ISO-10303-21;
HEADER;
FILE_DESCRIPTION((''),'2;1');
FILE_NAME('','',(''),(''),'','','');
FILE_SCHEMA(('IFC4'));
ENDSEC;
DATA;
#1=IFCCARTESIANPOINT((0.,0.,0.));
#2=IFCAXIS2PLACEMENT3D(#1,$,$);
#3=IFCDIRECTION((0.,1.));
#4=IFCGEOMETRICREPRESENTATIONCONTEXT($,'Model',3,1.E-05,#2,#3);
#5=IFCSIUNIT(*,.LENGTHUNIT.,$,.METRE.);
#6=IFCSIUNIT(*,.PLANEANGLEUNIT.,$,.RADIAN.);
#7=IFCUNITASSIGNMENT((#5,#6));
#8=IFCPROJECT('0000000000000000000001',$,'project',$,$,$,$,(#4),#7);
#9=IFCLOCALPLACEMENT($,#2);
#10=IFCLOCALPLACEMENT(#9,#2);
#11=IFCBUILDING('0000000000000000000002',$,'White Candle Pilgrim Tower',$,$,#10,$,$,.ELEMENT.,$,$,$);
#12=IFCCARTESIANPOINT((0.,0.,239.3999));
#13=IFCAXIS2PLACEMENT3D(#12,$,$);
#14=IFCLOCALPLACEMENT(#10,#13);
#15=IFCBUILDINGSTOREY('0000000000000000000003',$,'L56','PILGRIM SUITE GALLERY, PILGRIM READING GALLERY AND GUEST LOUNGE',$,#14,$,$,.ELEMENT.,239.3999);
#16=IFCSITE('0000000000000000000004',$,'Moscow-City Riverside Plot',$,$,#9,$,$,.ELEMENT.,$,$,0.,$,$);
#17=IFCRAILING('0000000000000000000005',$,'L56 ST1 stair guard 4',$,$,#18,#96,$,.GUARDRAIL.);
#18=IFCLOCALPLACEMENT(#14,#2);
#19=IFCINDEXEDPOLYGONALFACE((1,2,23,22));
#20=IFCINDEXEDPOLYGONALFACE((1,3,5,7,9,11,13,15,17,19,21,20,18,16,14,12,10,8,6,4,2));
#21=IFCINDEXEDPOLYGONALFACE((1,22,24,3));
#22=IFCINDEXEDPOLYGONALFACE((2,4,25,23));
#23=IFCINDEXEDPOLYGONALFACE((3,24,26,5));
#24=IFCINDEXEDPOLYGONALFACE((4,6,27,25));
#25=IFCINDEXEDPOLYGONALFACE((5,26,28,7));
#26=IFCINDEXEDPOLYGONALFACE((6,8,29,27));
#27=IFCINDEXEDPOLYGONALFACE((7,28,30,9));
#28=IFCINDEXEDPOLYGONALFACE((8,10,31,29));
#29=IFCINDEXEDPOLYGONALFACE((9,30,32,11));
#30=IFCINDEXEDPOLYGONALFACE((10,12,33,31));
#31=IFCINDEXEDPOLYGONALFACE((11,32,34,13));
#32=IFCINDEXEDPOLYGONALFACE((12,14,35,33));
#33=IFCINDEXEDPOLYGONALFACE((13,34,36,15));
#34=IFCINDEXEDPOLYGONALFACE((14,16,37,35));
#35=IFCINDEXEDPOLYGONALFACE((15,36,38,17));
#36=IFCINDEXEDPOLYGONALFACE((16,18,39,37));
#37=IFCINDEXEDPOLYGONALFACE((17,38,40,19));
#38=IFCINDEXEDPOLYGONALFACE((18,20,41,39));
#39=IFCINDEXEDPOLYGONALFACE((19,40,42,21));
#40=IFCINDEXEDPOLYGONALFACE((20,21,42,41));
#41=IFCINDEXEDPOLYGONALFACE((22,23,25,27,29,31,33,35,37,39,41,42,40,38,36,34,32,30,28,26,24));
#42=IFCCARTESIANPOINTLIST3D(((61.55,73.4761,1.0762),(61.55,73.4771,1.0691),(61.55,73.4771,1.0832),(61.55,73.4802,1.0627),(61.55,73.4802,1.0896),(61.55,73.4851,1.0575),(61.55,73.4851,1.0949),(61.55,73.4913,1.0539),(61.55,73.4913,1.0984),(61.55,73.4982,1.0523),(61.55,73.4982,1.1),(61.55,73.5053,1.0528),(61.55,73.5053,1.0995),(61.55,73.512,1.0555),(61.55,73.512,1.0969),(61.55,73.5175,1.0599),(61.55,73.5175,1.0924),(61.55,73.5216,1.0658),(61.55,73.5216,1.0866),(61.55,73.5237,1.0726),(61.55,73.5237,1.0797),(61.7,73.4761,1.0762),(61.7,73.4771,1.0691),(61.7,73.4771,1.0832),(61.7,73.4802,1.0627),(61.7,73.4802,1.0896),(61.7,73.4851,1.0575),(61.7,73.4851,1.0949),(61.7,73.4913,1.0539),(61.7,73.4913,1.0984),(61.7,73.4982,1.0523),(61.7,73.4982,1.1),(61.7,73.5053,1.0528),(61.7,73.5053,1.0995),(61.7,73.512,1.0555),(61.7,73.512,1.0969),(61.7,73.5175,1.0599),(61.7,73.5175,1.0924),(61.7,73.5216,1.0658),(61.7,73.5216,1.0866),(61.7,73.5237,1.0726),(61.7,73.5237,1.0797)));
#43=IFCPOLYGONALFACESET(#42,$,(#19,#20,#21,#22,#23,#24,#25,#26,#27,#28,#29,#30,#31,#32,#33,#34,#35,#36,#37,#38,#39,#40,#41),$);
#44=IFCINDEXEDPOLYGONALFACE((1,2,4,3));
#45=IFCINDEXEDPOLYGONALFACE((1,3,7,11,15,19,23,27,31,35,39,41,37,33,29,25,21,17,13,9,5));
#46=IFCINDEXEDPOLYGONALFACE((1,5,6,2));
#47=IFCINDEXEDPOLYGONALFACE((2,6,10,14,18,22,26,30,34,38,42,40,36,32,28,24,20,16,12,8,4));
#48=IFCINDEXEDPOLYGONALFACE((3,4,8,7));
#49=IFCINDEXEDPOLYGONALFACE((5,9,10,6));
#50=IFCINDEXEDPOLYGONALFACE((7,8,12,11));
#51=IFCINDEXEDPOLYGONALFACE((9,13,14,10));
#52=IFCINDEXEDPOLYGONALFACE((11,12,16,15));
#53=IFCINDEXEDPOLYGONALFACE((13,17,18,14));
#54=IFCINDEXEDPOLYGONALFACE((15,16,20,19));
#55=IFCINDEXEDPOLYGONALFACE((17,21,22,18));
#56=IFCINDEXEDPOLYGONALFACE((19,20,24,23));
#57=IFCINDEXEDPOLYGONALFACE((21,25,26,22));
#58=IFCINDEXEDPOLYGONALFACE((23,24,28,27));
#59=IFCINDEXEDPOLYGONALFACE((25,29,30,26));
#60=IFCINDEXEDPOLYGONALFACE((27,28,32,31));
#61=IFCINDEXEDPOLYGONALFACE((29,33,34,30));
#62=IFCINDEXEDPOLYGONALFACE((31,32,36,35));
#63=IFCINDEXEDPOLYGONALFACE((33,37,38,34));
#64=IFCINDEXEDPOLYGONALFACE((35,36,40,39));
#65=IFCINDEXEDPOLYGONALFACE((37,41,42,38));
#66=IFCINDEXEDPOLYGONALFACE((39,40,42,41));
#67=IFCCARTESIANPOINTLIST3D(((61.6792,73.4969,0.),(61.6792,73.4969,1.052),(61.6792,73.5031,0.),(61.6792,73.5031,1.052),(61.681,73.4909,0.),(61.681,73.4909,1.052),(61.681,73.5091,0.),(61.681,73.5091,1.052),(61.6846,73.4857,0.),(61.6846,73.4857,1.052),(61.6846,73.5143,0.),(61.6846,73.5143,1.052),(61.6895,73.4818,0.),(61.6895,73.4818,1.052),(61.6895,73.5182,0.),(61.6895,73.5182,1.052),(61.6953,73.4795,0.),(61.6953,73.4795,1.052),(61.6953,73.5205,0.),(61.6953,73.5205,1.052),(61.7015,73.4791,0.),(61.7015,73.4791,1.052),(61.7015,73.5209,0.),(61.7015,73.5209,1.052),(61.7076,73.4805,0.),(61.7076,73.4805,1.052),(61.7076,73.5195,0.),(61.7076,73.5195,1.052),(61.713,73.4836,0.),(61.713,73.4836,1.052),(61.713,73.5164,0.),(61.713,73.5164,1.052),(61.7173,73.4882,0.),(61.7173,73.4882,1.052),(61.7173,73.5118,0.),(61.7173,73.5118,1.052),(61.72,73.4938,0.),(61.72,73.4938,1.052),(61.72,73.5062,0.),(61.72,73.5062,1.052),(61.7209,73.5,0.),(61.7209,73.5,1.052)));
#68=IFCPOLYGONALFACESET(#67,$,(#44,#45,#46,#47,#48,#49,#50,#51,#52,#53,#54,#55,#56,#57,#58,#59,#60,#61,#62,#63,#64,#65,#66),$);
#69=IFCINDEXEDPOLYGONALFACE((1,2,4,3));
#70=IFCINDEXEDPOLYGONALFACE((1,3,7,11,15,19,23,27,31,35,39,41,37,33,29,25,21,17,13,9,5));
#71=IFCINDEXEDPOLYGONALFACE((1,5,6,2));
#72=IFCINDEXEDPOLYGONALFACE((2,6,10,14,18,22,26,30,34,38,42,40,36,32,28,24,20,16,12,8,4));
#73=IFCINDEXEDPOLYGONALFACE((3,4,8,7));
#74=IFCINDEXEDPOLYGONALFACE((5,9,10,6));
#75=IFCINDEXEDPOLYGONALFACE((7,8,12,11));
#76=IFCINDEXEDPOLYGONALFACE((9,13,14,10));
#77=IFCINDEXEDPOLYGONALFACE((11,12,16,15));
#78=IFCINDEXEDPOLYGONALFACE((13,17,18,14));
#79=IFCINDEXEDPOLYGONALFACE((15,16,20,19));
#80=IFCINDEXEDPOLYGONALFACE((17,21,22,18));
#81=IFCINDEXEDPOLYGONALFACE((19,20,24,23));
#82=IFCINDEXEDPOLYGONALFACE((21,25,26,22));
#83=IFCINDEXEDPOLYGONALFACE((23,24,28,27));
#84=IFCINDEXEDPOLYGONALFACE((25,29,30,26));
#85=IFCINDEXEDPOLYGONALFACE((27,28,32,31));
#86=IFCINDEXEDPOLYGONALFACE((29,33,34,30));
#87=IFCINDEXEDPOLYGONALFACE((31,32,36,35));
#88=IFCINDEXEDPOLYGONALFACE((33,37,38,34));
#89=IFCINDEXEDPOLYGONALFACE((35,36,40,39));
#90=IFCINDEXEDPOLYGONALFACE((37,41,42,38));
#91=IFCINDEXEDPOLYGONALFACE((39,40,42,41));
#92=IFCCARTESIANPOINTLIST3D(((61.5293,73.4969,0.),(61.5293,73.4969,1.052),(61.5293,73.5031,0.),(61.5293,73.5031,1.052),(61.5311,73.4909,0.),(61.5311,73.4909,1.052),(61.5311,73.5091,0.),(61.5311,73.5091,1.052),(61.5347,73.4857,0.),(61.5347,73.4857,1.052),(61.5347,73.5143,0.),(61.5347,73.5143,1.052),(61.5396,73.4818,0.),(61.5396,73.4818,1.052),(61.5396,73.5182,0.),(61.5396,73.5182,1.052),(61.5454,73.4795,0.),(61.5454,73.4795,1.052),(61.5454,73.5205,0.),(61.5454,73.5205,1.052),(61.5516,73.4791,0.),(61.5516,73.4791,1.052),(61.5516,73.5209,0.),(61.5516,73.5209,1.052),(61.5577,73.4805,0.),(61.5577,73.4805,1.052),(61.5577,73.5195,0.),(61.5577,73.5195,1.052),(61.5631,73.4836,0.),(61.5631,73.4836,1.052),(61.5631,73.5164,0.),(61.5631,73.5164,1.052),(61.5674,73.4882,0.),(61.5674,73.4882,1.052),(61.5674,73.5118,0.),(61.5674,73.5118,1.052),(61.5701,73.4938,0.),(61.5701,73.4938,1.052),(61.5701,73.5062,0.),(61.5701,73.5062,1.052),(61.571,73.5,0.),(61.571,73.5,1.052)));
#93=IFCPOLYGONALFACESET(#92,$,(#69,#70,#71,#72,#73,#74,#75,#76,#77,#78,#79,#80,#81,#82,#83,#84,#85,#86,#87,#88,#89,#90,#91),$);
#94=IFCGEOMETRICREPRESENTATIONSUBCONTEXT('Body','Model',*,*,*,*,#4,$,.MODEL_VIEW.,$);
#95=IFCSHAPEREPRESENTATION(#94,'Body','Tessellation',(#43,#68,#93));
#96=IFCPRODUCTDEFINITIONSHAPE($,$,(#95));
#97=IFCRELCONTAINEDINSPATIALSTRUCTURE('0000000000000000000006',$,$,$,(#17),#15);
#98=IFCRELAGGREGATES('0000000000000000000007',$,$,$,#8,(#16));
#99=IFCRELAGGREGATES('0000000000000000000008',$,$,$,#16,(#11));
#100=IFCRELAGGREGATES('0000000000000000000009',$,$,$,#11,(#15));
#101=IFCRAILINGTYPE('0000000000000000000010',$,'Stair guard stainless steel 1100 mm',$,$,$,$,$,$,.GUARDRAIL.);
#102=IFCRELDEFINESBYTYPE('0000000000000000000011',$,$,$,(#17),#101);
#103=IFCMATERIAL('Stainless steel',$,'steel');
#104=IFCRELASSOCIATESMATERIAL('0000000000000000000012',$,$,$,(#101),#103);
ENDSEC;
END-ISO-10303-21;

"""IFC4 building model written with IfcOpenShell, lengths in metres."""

from ifc_helpers import new_model, si_unit, direction, frame, origin, origin_2d, place, context, subcontext, project, spatial, circle, extrude, material, type_object, element, save


model = new_model("IFC4")

# Units and contexts
model_context = context("Model", 3, precision=1e-05, world=origin(), true_north=direction((0.0, 1.0)))
body_context = subcontext(model_context, "Body", "Model", "MODEL_VIEW")
ifc_project = project(units=[si_unit("LENGTHUNIT", "METRE"), si_unit("PLANEANGLEUNIT", "RADIAN")], contexts=[model_context])

# Site, building, storey
site_placement = place(None, origin())
site = spatial("IfcSite", under=ifc_project, at=site_placement, Name="Moscow-City Riverside Plot", CompositionType="ELEMENT", RefElevation=0.0)
building_placement = place(site_placement, origin())
building = spatial("IfcBuilding", under=site, at=building_placement, Name="White Candle Pilgrim Tower", CompositionType="ELEMENT")
storey_placement = place(building_placement, frame((0.0, 0.0, 239.3999)))
storey = spatial("IfcBuildingStorey", under=building, at=storey_placement, Name="L56", Description="PILGRIM SUITE GALLERY, PILGRIM READING GALLERY AND GUEST LOUNGE", CompositionType="ELEMENT", Elevation=239.3999)

# Railing
ifc_material_1 = material(Name="Stainless steel", Category="steel")
railing_type_1 = type_object("IfcRailingType", Name="Stair guard stainless steel 1100 mm", PredefinedType="GUARDRAIL", material=ifc_material_1)
railing_1_placement = place(storey_placement, frame((61.7, 73.5, 0.0)))
element("IfcRailing", 1, at=railing_1_placement, inside=storey, type_object=railing_type_1, Name="L56 ST1 stair guard 4", PredefinedType="GUARDRAIL", context=body_context, shape_type="SweptSolid", body=[
    extrude(circle(Radius=0.0239, at=origin_2d()), frame((0.0, 0.0, 1.0762), z_axis=(-1.0, 0.0, 0.0), x_axis=(0.0, -1.0, 0.0)), (0.0, 0.0, 1.0), 0.1499),
    extrude(circle(Radius=0.021, at=origin_2d()), origin(), (0.0, 0.0, 1.0), 1.052),
    extrude(circle(Radius=0.021, at=origin_2d()), frame((-0.1499, 0.0, 0.0)), (0.0, 0.0, 1.0), 1.052),
])

save(model, "model.ifc")
